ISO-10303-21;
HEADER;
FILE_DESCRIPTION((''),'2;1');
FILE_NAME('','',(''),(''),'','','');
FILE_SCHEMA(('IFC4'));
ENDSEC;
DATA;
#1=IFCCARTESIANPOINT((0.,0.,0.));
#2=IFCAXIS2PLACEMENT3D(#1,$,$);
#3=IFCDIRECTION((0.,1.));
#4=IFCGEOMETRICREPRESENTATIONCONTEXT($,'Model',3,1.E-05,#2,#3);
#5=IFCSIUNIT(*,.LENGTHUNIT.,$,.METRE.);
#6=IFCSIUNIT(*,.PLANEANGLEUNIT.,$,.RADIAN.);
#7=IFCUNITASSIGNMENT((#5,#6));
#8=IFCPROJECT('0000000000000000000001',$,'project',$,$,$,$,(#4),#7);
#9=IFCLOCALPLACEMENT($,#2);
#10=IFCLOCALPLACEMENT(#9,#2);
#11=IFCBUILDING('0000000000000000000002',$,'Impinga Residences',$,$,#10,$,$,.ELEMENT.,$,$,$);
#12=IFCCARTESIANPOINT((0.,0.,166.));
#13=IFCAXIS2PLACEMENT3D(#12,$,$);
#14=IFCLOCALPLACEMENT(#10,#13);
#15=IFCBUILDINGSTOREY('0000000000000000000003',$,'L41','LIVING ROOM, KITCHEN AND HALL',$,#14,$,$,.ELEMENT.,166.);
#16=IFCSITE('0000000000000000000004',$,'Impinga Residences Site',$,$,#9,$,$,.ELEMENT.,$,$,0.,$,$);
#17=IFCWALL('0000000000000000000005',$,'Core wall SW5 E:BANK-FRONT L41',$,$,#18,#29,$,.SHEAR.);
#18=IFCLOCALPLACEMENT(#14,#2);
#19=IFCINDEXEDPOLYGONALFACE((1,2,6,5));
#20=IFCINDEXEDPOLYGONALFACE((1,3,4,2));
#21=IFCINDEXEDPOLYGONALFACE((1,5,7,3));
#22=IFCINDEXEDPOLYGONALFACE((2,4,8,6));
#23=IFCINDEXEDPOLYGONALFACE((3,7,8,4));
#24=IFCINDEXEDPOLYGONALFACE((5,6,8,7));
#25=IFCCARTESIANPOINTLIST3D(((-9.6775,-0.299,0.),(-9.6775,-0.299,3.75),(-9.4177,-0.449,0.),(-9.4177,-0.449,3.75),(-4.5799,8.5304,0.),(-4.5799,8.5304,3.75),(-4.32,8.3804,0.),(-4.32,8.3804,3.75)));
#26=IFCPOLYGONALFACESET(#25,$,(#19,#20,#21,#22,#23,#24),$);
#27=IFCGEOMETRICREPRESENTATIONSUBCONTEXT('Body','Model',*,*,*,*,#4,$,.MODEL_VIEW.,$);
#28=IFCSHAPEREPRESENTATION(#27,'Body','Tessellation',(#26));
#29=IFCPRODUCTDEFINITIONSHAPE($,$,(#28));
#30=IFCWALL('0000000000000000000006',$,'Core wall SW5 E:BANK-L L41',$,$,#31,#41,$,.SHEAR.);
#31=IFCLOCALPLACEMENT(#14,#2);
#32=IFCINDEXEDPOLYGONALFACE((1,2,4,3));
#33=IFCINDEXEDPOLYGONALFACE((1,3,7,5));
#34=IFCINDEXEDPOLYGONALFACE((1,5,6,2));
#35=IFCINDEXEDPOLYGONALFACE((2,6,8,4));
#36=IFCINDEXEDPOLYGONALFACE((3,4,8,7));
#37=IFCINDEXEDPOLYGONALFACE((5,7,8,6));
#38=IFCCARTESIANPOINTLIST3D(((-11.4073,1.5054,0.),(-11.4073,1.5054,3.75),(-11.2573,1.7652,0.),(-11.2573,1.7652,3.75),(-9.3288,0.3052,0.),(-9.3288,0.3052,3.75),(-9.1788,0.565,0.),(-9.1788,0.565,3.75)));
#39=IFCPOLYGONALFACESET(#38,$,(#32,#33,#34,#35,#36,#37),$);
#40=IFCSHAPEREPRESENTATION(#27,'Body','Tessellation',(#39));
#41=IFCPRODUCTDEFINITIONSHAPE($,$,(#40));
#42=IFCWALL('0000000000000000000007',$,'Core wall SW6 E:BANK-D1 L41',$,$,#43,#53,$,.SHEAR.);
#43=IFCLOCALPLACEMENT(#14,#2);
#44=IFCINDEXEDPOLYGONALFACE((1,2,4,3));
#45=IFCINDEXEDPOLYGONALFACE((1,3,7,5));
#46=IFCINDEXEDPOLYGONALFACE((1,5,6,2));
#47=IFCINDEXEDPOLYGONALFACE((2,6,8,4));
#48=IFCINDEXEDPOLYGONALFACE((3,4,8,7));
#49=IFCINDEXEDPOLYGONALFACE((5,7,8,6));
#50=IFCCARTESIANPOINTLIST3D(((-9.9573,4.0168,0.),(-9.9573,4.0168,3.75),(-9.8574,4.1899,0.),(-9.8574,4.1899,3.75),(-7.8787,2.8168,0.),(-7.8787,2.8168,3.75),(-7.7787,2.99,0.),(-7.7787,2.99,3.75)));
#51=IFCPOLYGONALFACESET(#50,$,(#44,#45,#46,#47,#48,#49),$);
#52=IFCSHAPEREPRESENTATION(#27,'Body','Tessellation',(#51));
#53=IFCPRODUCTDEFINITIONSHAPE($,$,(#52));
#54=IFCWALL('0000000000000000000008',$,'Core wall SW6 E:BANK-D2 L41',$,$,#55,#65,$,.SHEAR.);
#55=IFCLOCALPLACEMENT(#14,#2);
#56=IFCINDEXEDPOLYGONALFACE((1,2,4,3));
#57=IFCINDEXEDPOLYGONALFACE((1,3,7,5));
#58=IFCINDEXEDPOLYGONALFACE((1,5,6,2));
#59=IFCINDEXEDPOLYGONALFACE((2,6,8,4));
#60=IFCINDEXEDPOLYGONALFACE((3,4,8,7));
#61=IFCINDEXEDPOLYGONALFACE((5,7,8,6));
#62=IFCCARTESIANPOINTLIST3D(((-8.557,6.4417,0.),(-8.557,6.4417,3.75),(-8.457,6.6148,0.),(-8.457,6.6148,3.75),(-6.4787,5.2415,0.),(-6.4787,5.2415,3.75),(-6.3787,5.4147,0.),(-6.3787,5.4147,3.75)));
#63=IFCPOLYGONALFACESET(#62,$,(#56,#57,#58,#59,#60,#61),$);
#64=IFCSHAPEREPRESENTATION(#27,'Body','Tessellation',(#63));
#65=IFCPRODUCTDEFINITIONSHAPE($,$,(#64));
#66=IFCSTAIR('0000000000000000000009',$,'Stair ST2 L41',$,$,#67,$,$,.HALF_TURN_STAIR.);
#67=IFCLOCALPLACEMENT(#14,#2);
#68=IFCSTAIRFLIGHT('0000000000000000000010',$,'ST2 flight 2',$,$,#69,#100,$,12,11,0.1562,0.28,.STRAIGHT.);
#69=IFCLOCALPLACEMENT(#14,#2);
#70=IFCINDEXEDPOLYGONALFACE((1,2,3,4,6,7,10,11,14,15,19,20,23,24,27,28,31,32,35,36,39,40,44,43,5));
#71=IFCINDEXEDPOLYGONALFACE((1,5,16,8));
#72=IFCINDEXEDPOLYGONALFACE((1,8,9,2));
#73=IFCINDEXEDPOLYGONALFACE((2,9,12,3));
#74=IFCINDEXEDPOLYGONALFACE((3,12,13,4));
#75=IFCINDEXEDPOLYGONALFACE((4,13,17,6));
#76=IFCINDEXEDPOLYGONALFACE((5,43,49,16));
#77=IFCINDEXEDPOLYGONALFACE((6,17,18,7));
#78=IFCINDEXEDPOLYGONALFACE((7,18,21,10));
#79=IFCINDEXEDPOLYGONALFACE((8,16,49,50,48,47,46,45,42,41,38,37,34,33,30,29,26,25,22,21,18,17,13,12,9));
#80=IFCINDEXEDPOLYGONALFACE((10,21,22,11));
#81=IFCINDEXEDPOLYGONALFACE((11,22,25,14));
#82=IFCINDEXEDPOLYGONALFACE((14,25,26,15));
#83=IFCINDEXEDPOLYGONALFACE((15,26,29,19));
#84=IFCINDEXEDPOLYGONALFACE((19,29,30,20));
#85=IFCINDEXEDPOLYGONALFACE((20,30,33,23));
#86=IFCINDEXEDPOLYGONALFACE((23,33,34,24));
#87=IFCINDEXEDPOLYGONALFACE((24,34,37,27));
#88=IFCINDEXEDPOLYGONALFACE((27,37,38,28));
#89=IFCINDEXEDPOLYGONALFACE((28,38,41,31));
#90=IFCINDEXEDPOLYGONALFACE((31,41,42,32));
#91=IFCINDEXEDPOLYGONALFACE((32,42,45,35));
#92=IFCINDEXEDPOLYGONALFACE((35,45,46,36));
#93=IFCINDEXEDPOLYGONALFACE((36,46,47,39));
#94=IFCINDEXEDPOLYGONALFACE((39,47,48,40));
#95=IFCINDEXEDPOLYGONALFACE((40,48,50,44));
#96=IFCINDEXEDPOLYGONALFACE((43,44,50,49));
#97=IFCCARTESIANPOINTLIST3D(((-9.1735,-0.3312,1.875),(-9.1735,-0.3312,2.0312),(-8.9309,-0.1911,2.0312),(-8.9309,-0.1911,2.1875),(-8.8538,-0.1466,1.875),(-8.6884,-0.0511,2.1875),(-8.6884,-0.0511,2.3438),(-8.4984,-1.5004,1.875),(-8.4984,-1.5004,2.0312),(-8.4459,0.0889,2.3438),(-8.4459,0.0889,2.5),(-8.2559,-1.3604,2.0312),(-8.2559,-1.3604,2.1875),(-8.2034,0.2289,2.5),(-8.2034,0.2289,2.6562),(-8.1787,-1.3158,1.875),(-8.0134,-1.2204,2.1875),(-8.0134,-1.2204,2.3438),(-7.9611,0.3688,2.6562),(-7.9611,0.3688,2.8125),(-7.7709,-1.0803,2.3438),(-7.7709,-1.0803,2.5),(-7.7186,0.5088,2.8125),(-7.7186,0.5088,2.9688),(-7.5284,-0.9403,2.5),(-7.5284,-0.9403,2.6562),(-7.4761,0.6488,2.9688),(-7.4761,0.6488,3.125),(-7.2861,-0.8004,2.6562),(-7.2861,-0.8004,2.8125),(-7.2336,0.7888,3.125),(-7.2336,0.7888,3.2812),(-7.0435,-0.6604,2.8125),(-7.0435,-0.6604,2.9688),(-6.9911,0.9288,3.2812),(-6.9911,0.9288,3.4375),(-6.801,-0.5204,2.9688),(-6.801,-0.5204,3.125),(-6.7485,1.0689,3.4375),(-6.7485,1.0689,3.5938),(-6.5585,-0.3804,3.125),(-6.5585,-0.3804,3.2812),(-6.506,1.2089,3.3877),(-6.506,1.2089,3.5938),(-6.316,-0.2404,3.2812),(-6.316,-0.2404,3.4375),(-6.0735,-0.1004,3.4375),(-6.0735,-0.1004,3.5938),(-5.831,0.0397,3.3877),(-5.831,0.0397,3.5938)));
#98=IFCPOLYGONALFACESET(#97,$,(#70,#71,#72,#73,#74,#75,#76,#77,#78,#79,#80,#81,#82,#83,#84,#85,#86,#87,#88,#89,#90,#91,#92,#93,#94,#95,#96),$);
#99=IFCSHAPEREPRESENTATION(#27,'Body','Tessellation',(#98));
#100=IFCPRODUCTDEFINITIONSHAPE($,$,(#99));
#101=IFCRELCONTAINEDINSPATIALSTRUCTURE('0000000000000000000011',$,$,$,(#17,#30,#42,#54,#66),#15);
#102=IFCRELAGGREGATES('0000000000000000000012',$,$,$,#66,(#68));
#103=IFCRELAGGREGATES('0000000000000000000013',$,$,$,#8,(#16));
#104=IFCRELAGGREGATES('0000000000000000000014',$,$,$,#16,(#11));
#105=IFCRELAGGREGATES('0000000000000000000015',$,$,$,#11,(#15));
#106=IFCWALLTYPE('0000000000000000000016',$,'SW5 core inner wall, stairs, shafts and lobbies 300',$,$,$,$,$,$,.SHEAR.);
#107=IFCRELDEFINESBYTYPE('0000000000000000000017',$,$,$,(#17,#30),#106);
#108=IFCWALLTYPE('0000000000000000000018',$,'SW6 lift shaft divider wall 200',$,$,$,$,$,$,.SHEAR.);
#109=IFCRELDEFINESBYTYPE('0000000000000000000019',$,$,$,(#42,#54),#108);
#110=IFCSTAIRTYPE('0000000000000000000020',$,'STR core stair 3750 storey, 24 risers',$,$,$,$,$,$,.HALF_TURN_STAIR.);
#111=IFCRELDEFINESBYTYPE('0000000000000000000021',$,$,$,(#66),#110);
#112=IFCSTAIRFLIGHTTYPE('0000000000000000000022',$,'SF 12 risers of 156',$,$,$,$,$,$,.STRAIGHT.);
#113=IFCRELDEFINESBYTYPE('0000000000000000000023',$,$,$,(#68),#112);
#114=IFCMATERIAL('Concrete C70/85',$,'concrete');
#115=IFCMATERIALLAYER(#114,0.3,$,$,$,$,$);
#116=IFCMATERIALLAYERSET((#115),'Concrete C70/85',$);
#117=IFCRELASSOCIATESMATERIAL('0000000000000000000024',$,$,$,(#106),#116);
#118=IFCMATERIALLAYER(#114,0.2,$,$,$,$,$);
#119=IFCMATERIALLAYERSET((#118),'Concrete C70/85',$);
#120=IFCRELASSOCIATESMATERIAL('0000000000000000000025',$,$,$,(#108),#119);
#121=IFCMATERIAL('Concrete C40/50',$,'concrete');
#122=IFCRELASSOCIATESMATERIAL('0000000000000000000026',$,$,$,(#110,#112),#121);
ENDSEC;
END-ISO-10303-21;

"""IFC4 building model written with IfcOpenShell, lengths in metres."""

from ifc_helpers import new_model, si_unit, direction, frame, frame_2d, origin, place, context, subcontext, project, spatial, polyline, rectangle, outline, extrude, material, layer, layer_set, type_object, element, aggregate, save


model = new_model("IFC4")

# Units and contexts
model_context = context("Model", 3, precision=1e-05, world=origin(), true_north=direction((0.0, 1.0)))
body_context = subcontext(model_context, "Body", "Model", "MODEL_VIEW")
ifc_project = project(units=[si_unit("LENGTHUNIT", "METRE"), si_unit("PLANEANGLEUNIT", "RADIAN")], contexts=[model_context])

# Site, building, storey
site_placement = place(None, origin())
site = spatial("IfcSite", under=ifc_project, at=site_placement, Name="Impinga Residences Site", CompositionType="ELEMENT", RefElevation=0.0)
building_placement = place(site_placement, origin())
building = spatial("IfcBuilding", under=site, at=building_placement, Name="Impinga Residences", CompositionType="ELEMENT")
storey_placement = place(building_placement, frame((0.0, 0.0, 166.0)))
storey = spatial("IfcBuildingStorey", under=building, at=storey_placement, Name="L41", Description="LIVING ROOM, KITCHEN AND HALL", CompositionType="ELEMENT", Elevation=166.0)

# Walls
ifc_material_1 = material(Name="Concrete C70/85", Category="concrete")
ifc_layer_1 = layer(ifc_material_1, 0.3)
ifc_layer_set_1 = layer_set([ifc_layer_1], Name="Concrete C70/85")
wall_type_1 = type_object("IfcWallType", Name="SW5 core inner wall, stairs, shafts and lobbies 300", PredefinedType="SHEAR", material=ifc_layer_set_1)
wall_1_placement = place(storey_placement, frame((-9.5476, -0.374, 0.0), z_axis=(0.0, 0.0, 1.0), x_axis=(0.500002, 0.866024, 0.0)))
element("IfcWall", 1, at=wall_1_placement, inside=storey, type_object=wall_type_1, Name="Core wall SW5 E:BANK-FRONT L41", PredefinedType="SHEAR", context=body_context, shape_type="SweptSolid", body=[
    extrude(rectangle(XDim=10.1953, YDim=0.3, at=frame_2d((5.0977, 0.0))), origin(), (0.0, 0.0, 1.0), 3.75),
])
wall_2_placement = place(storey_placement, frame((-9.2537, 0.4351, 0.0), z_axis=(0.0, 0.0, 1.0), x_axis=(-0.866006, 0.500034, 0.0)))
element("IfcWall", 2, at=wall_2_placement, inside=storey, type_object=wall_type_1, Name="Core wall SW5 E:BANK-L L41", PredefinedType="SHEAR", context=body_context, shape_type="SweptSolid", body=[
    extrude(rectangle(XDim=2.4001, YDim=0.3, at=frame_2d((1.2002, 0.0))), origin(), (0.0, 0.0, 1.0), 3.75),
])
ifc_layer_2 = layer(ifc_material_1, 0.2)
ifc_layer_set_2 = layer_set([ifc_layer_2], Name="Concrete C70/85")
wall_type_2 = type_object("IfcWallType", Name="SW6 lift shaft divider wall 200", PredefinedType="SHEAR", material=ifc_layer_set_2)
wall_3_placement = place(storey_placement, frame((-7.8286, 2.9033, 0.0), z_axis=(0.0, 0.0, 1.0), x_axis=(-0.86605, 0.499957, 0.0)))
element("IfcWall", 3, at=wall_3_placement, inside=storey, type_object=wall_type_2, Name="Core wall SW6 E:BANK-D1 L41", PredefinedType="SHEAR", context=body_context, shape_type="SweptSolid", body=[
    extrude(rectangle(XDim=2.4001, YDim=0.2, at=frame_2d((1.2002, 0.0))), origin(), (0.0, 0.0, 1.0), 3.75),
])
wall_4_placement = place(storey_placement, frame((-6.4287, 5.3281, 0.0), z_axis=(0.0, 0.0, 1.0), x_axis=(-0.865981, 0.500078, 0.0)))
element("IfcWall", 4, at=wall_4_placement, inside=storey, type_object=wall_type_2, Name="Core wall SW6 E:BANK-D2 L41", PredefinedType="SHEAR", context=body_context, shape_type="SweptSolid", body=[
    extrude(rectangle(XDim=2.3999, YDim=0.2, at=frame_2d((1.2, 0.0))), origin(), (0.0, 0.0, 1.0), 3.75),
])

# Stair, stair flight
ifc_material_2 = material(Name="Concrete C40/50", Category="concrete")
stair_type = type_object("IfcStairType", Name="STR core stair 3750 storey, 24 risers", PredefinedType="HALF_TURN_STAIR", material=ifc_material_2)
stair_placement = place(storey_placement, origin())
stair = element("IfcStair", 5, at=stair_placement, inside=storey, type_object=stair_type, Name="Stair ST2 L41", PredefinedType="HALF_TURN_STAIR")
stair_flight_type = type_object("IfcStairFlightType", Name="SF 12 risers of 156", PredefinedType="STRAIGHT", material=ifc_material_2)
stair_flight_placement = place(storey_placement, frame((-8.8359, -0.9158, 1.875), z_axis=(0.0, 0.0, 1.0), x_axis=(0.866025, 0.5, 0.0)))
stair_flight = element("IfcStairFlight", 6, at=stair_flight_placement, type_object=stair_flight_type, Name="ST2 flight 2", NumberOfRisers=12, NumberOfTreads=11, PredefinedType="STRAIGHT", RiserHeight=0.1562, TreadLength=0.28, context=body_context, shape_type="SweptSolid", body=[
    extrude(outline(polyline([(0.0, 0.0), (0.0, 0.1562), (0.28, 0.1562), (0.28, 0.3125), (0.5601, 0.3125), (0.5601, 0.4688), (0.8401, 0.4688), (0.8401, 0.625), (1.1201, 0.625), (1.1201, 0.7812), (1.3999, 0.7812), (1.3999, 0.9375), (1.6799, 0.9375), (1.6799, 1.0938), (1.96, 1.0938), (1.96, 1.25), (2.24, 1.25), (2.24, 1.4062), (2.52, 1.4062), (2.52, 1.5625), (2.8, 1.5625), (2.8, 1.7188), (3.0801, 1.7188), (3.0801, 1.875), (3.0801, 1.5127), (0.3691, 0.0), (0.0, 0.0)])), frame((0.0, 0.675, 0.0), z_axis=(0.0, -1.0, 0.0), x_axis=(1.0, 0.0, 0.0)), (0.0, 0.0, 1.0), 1.3501),
])
aggregate(stair, [stair_flight])

save(model, "model.ifc")
